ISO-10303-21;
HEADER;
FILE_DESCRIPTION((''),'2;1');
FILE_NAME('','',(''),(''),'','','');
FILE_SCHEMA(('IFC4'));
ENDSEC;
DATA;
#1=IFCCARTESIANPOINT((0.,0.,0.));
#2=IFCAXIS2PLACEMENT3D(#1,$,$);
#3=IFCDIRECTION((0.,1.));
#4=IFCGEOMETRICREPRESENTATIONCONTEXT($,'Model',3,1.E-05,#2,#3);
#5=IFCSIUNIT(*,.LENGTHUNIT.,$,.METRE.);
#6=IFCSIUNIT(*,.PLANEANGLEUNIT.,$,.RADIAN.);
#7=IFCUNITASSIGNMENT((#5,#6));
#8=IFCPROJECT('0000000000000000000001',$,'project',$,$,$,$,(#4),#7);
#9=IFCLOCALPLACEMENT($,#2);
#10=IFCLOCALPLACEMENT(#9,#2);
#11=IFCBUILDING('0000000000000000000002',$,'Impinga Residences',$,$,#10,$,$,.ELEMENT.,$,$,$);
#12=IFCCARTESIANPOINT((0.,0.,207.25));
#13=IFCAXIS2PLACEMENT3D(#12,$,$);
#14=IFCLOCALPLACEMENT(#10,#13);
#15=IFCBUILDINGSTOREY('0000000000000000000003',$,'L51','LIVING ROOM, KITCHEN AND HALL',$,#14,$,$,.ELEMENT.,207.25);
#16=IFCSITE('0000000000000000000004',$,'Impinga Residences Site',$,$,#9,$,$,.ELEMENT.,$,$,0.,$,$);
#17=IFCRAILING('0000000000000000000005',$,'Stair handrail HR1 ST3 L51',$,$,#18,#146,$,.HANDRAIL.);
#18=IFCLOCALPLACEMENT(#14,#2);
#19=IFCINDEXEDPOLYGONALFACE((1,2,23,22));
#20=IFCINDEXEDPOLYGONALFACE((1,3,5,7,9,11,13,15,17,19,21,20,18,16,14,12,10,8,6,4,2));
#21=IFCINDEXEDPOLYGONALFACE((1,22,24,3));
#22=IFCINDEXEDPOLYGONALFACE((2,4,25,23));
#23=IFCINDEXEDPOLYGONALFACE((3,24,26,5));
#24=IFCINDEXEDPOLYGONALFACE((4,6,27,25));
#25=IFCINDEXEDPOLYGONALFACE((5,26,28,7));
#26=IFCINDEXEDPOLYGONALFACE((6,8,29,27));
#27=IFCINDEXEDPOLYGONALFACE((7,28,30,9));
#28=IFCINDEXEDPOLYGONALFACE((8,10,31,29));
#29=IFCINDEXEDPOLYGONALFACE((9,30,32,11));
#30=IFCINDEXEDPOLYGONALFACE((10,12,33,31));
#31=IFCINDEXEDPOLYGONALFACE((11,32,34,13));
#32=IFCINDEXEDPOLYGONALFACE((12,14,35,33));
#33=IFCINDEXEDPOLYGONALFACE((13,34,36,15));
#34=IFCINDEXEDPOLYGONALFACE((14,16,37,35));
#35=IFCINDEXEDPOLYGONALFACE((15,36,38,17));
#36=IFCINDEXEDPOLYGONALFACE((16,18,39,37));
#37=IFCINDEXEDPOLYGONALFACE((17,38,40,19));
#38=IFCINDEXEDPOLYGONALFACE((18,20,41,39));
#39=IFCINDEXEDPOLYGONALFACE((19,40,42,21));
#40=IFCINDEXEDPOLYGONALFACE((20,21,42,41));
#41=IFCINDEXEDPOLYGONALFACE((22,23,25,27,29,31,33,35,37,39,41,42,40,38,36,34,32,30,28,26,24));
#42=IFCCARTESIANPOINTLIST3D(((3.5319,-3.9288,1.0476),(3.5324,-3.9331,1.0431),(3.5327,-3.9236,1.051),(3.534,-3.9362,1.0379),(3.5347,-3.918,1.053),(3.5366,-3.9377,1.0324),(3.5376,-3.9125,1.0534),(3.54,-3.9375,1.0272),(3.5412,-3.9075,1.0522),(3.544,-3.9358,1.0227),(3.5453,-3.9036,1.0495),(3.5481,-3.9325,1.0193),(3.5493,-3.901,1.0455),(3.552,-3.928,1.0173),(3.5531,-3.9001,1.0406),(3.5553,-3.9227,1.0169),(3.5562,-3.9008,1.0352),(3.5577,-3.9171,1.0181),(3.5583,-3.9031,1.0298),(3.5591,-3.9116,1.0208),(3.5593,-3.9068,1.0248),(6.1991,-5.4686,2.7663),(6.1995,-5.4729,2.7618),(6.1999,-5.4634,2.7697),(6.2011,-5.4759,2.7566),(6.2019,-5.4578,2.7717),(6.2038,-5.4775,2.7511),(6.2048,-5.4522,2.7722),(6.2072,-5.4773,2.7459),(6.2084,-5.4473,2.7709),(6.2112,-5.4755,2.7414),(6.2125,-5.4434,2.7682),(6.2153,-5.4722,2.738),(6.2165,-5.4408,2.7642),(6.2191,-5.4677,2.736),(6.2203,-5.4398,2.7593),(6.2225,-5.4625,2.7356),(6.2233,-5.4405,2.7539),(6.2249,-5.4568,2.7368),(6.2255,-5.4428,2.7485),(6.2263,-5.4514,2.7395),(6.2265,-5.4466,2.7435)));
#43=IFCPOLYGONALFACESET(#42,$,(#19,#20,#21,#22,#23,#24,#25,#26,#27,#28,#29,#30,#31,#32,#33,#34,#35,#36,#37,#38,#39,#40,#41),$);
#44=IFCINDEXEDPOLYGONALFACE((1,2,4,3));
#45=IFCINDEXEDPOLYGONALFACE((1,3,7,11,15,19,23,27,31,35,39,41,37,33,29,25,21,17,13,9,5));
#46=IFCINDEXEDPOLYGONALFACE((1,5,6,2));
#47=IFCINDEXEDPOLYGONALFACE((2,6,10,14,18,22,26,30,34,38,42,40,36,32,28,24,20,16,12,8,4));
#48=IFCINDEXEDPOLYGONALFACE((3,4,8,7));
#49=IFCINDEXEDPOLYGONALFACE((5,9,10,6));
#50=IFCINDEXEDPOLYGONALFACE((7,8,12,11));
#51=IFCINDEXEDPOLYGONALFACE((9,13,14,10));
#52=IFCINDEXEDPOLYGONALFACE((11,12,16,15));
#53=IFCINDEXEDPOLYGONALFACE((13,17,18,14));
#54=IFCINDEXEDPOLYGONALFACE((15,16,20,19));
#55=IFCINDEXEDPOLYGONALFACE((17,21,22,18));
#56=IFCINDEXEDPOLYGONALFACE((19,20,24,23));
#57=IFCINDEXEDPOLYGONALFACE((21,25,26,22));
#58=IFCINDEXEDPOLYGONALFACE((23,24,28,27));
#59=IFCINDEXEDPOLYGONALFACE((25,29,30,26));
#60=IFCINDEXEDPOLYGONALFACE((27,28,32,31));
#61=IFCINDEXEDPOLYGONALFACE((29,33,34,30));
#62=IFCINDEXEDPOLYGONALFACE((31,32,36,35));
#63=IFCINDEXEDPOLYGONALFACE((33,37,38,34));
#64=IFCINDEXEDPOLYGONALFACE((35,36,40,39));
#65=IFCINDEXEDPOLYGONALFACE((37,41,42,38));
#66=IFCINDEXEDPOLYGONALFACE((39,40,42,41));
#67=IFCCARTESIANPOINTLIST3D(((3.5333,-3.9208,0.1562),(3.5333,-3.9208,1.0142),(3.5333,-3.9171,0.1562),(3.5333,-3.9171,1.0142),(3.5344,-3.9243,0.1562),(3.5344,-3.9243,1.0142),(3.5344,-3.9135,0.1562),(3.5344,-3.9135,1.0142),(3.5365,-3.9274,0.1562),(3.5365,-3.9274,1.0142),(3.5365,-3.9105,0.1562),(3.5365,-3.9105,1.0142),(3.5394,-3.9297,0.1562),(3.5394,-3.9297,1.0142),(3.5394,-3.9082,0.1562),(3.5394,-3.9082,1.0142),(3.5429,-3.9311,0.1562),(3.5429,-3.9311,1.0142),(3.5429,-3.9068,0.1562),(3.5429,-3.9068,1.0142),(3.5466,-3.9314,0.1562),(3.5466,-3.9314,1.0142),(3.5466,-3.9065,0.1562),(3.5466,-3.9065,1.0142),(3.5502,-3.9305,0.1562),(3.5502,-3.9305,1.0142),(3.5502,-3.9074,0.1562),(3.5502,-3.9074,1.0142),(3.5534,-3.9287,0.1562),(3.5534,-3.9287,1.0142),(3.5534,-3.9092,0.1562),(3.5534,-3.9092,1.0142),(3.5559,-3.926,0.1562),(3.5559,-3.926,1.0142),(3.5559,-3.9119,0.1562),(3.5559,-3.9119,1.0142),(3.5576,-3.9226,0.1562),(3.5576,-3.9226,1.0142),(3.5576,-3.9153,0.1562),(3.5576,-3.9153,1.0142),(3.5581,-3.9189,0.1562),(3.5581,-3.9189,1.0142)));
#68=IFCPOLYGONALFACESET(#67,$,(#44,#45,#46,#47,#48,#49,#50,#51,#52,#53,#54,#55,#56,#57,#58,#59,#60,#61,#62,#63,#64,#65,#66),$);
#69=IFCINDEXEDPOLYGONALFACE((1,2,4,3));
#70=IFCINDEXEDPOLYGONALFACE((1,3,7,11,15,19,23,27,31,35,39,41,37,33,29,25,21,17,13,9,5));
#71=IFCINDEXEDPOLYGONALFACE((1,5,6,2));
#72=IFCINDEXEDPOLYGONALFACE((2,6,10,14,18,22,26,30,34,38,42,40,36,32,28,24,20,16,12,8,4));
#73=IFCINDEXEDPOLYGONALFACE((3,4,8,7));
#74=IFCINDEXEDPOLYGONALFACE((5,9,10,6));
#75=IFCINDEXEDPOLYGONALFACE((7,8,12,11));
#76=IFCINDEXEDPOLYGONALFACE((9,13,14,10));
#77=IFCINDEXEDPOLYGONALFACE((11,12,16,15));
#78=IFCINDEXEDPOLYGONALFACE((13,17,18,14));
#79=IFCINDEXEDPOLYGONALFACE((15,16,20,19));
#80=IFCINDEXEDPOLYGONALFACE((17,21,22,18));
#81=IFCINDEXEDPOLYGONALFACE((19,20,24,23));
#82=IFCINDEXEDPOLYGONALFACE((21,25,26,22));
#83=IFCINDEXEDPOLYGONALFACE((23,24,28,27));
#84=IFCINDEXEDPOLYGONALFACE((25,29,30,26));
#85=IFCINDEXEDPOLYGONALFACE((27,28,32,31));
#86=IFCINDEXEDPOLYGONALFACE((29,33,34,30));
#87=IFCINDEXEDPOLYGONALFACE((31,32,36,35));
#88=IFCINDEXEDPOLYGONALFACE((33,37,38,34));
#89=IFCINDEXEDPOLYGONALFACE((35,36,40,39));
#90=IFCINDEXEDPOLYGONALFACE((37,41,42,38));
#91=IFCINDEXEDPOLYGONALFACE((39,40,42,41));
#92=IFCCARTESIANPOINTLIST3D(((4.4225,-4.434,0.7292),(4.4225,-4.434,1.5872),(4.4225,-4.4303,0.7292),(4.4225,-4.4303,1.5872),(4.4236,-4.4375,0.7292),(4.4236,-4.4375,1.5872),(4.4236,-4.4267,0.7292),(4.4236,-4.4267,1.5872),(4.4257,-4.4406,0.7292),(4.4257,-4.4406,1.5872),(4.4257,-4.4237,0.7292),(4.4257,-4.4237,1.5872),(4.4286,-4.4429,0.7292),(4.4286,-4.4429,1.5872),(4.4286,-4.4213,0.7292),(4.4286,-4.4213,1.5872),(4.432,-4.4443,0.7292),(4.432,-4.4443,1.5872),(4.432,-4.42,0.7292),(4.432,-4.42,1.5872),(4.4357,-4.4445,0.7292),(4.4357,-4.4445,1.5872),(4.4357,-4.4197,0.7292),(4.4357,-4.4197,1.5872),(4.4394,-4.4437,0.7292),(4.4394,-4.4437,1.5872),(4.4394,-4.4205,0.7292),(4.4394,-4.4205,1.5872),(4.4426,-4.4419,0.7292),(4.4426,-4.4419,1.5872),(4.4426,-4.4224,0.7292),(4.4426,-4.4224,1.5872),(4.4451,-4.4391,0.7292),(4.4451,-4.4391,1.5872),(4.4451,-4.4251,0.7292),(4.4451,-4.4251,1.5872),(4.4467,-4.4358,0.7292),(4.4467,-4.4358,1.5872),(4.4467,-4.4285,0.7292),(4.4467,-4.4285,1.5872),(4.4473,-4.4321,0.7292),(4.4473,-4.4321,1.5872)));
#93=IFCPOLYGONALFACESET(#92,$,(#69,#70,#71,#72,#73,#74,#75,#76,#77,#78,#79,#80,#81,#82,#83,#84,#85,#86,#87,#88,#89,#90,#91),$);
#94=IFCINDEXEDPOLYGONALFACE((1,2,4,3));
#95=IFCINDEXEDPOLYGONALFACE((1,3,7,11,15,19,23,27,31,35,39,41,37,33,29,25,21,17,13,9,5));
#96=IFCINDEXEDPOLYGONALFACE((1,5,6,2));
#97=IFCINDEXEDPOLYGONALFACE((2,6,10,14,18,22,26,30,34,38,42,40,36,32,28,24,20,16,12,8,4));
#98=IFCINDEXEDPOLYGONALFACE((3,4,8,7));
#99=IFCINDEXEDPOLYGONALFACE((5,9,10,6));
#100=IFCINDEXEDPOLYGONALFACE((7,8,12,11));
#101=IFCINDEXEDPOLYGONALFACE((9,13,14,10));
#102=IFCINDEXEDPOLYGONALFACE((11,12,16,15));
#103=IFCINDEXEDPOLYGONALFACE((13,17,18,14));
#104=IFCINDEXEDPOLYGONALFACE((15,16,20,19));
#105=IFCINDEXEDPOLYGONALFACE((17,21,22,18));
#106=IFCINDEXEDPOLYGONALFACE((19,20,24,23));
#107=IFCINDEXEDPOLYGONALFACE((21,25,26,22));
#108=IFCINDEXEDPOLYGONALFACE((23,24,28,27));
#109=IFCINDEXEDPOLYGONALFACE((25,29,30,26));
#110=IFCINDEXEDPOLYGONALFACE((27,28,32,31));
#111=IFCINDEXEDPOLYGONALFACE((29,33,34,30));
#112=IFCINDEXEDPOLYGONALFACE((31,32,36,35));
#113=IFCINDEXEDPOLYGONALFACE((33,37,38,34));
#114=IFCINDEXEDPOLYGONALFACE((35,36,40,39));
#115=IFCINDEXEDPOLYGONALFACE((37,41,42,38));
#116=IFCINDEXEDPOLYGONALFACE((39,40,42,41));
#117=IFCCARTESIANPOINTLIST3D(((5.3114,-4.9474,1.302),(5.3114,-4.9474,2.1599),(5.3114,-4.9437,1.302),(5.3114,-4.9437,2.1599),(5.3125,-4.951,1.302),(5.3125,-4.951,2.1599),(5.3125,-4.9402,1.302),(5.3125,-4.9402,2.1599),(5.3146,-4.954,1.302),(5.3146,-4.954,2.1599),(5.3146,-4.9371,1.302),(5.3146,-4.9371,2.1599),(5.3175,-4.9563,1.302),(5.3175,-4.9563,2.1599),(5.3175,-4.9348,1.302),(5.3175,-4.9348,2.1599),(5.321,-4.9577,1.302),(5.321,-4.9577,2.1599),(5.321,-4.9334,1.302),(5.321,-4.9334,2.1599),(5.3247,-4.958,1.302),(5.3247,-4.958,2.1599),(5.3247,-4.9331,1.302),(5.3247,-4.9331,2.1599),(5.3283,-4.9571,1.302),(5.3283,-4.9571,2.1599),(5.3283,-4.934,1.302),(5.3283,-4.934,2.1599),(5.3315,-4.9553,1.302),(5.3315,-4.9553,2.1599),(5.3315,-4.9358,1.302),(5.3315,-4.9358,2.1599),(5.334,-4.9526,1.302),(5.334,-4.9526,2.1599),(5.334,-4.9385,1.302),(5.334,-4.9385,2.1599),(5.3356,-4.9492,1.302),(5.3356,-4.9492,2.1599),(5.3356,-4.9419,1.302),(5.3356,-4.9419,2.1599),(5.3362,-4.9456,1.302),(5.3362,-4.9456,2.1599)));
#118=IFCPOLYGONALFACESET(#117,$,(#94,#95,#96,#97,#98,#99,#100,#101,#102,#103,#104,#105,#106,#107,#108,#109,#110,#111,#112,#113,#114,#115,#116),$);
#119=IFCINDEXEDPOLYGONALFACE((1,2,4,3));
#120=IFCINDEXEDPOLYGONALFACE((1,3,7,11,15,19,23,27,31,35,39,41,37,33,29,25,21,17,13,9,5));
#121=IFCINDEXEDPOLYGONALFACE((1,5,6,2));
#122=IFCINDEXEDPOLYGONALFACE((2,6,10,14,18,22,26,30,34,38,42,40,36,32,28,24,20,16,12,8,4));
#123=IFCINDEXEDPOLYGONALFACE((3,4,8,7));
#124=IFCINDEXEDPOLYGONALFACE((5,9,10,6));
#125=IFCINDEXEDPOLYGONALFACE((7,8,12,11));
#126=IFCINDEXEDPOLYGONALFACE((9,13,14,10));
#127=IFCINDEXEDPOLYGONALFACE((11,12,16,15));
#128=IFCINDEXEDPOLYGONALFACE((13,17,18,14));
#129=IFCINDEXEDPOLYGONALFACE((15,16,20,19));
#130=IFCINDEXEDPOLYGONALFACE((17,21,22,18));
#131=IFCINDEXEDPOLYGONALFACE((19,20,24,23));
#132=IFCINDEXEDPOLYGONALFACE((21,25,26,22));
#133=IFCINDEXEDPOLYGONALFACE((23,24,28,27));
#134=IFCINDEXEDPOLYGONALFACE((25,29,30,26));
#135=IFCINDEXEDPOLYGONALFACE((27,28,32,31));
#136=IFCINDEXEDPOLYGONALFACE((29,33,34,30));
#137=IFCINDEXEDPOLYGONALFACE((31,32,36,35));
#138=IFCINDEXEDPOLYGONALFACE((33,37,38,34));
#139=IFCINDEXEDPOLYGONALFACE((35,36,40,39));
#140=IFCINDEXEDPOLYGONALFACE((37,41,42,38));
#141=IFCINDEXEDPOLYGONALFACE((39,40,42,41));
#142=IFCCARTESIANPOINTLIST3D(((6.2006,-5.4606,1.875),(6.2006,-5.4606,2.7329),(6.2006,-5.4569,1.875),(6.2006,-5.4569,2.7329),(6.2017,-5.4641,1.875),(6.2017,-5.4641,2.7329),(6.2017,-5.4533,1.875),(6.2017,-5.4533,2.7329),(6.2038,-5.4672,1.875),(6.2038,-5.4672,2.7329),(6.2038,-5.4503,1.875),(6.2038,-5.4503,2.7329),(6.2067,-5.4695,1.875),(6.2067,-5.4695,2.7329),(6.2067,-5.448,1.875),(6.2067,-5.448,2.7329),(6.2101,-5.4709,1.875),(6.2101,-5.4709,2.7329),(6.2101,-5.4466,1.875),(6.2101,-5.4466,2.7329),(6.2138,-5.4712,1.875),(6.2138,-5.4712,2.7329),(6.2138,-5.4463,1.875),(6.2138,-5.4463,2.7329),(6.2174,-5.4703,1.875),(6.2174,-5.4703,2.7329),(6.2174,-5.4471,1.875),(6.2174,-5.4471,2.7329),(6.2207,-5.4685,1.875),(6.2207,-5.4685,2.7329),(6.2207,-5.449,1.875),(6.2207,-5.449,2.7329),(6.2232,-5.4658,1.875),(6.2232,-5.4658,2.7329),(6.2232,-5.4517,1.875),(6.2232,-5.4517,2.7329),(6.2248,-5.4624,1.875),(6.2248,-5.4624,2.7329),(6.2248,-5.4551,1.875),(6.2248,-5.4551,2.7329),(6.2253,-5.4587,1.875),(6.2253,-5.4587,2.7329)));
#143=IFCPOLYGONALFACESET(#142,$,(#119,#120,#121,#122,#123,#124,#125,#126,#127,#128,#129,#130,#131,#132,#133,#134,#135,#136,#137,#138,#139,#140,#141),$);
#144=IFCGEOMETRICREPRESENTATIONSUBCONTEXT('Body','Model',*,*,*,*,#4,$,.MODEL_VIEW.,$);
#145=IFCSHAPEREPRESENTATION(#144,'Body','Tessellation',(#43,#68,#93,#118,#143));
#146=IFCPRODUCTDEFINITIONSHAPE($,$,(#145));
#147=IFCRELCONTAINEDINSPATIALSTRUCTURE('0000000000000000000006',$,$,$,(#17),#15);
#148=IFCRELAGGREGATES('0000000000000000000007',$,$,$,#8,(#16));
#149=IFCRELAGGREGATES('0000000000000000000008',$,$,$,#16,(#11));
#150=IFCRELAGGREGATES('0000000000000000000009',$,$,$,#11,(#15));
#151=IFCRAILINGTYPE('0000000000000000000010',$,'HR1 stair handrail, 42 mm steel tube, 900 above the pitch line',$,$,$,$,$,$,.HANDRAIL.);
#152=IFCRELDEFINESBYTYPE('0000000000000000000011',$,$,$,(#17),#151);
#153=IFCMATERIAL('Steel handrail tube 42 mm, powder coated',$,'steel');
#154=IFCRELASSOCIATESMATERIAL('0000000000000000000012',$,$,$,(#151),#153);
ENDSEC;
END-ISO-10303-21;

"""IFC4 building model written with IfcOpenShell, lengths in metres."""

from ifc_helpers import new_model, si_unit, direction, frame, origin, origin_2d, place, context, subcontext, project, spatial, circle, extrude, material, type_object, element, save


model = new_model("IFC4")

# Units and contexts
model_context = context("Model", 3, precision=1e-05, world=origin(), true_north=direction((0.0, 1.0)))
body_context = subcontext(model_context, "Body", "Model", "MODEL_VIEW")
ifc_project = project(units=[si_unit("LENGTHUNIT", "METRE"), si_unit("PLANEANGLEUNIT", "RADIAN")], contexts=[model_context])

# Site, building, storey
site_placement = place(None, origin())
site = spatial("IfcSite", under=ifc_project, at=site_placement, Name="Impinga Residences Site", CompositionType="ELEMENT", RefElevation=0.0)
building_placement = place(site_placement, origin())
building = spatial("IfcBuilding", under=site, at=building_placement, Name="Impinga Residences", CompositionType="ELEMENT")
storey_placement = place(building_placement, frame((0.0, 0.0, 207.25)))
storey = spatial("IfcBuildingStorey", under=building, at=storey_placement, Name="L51", Description="LIVING ROOM, KITCHEN AND HALL", CompositionType="ELEMENT", Elevation=207.25)

# Railing
ifc_material_1 = material(Name="Steel handrail tube 42 mm, powder coated", Category="steel")
railing_type = type_object("IfcRailingType", Name="HR1 stair handrail, 42 mm steel tube, 900 above the pitch line", PredefinedType="HANDRAIL", material=ifc_material_1)
railing_1_placement = place(storey_placement, frame((3.5457, -3.9189, 0.1562)))
element("IfcRailing", 1, at=railing_1_placement, inside=storey, type_object=railing_type, Name="Stair handrail HR1 ST3 L51", PredefinedType="HANDRAIL", context=body_context, shape_type="SweptSolid", body=[
    extrude(circle(Radius=0.021, at=origin_2d()), frame((0.0, 0.0, 0.8789), z_axis=(0.756249, -0.436582, 0.487322), x_axis=(0.499967, 0.866044, 0.0)), (0.0, 0.0, 1.0), 3.5269),
    extrude(circle(Radius=0.0125, at=origin_2d()), origin(), (0.0, 0.0, 1.0), 0.8579),
    extrude(circle(Radius=0.0125, at=origin_2d()), frame((0.8892, -0.5132, 0.573)), (0.0, 0.0, 1.0), 0.8579),
    extrude(circle(Radius=0.0125, at=origin_2d()), frame((1.7781, -1.0266, 1.1458)), (0.0, 0.0, 1.0), 0.8579),
    extrude(circle(Radius=0.0125, at=origin_2d()), frame((2.6672, -1.5398, 1.7188)), (0.0, 0.0, 1.0), 0.8579),
])

save(model, "model.ifc")
